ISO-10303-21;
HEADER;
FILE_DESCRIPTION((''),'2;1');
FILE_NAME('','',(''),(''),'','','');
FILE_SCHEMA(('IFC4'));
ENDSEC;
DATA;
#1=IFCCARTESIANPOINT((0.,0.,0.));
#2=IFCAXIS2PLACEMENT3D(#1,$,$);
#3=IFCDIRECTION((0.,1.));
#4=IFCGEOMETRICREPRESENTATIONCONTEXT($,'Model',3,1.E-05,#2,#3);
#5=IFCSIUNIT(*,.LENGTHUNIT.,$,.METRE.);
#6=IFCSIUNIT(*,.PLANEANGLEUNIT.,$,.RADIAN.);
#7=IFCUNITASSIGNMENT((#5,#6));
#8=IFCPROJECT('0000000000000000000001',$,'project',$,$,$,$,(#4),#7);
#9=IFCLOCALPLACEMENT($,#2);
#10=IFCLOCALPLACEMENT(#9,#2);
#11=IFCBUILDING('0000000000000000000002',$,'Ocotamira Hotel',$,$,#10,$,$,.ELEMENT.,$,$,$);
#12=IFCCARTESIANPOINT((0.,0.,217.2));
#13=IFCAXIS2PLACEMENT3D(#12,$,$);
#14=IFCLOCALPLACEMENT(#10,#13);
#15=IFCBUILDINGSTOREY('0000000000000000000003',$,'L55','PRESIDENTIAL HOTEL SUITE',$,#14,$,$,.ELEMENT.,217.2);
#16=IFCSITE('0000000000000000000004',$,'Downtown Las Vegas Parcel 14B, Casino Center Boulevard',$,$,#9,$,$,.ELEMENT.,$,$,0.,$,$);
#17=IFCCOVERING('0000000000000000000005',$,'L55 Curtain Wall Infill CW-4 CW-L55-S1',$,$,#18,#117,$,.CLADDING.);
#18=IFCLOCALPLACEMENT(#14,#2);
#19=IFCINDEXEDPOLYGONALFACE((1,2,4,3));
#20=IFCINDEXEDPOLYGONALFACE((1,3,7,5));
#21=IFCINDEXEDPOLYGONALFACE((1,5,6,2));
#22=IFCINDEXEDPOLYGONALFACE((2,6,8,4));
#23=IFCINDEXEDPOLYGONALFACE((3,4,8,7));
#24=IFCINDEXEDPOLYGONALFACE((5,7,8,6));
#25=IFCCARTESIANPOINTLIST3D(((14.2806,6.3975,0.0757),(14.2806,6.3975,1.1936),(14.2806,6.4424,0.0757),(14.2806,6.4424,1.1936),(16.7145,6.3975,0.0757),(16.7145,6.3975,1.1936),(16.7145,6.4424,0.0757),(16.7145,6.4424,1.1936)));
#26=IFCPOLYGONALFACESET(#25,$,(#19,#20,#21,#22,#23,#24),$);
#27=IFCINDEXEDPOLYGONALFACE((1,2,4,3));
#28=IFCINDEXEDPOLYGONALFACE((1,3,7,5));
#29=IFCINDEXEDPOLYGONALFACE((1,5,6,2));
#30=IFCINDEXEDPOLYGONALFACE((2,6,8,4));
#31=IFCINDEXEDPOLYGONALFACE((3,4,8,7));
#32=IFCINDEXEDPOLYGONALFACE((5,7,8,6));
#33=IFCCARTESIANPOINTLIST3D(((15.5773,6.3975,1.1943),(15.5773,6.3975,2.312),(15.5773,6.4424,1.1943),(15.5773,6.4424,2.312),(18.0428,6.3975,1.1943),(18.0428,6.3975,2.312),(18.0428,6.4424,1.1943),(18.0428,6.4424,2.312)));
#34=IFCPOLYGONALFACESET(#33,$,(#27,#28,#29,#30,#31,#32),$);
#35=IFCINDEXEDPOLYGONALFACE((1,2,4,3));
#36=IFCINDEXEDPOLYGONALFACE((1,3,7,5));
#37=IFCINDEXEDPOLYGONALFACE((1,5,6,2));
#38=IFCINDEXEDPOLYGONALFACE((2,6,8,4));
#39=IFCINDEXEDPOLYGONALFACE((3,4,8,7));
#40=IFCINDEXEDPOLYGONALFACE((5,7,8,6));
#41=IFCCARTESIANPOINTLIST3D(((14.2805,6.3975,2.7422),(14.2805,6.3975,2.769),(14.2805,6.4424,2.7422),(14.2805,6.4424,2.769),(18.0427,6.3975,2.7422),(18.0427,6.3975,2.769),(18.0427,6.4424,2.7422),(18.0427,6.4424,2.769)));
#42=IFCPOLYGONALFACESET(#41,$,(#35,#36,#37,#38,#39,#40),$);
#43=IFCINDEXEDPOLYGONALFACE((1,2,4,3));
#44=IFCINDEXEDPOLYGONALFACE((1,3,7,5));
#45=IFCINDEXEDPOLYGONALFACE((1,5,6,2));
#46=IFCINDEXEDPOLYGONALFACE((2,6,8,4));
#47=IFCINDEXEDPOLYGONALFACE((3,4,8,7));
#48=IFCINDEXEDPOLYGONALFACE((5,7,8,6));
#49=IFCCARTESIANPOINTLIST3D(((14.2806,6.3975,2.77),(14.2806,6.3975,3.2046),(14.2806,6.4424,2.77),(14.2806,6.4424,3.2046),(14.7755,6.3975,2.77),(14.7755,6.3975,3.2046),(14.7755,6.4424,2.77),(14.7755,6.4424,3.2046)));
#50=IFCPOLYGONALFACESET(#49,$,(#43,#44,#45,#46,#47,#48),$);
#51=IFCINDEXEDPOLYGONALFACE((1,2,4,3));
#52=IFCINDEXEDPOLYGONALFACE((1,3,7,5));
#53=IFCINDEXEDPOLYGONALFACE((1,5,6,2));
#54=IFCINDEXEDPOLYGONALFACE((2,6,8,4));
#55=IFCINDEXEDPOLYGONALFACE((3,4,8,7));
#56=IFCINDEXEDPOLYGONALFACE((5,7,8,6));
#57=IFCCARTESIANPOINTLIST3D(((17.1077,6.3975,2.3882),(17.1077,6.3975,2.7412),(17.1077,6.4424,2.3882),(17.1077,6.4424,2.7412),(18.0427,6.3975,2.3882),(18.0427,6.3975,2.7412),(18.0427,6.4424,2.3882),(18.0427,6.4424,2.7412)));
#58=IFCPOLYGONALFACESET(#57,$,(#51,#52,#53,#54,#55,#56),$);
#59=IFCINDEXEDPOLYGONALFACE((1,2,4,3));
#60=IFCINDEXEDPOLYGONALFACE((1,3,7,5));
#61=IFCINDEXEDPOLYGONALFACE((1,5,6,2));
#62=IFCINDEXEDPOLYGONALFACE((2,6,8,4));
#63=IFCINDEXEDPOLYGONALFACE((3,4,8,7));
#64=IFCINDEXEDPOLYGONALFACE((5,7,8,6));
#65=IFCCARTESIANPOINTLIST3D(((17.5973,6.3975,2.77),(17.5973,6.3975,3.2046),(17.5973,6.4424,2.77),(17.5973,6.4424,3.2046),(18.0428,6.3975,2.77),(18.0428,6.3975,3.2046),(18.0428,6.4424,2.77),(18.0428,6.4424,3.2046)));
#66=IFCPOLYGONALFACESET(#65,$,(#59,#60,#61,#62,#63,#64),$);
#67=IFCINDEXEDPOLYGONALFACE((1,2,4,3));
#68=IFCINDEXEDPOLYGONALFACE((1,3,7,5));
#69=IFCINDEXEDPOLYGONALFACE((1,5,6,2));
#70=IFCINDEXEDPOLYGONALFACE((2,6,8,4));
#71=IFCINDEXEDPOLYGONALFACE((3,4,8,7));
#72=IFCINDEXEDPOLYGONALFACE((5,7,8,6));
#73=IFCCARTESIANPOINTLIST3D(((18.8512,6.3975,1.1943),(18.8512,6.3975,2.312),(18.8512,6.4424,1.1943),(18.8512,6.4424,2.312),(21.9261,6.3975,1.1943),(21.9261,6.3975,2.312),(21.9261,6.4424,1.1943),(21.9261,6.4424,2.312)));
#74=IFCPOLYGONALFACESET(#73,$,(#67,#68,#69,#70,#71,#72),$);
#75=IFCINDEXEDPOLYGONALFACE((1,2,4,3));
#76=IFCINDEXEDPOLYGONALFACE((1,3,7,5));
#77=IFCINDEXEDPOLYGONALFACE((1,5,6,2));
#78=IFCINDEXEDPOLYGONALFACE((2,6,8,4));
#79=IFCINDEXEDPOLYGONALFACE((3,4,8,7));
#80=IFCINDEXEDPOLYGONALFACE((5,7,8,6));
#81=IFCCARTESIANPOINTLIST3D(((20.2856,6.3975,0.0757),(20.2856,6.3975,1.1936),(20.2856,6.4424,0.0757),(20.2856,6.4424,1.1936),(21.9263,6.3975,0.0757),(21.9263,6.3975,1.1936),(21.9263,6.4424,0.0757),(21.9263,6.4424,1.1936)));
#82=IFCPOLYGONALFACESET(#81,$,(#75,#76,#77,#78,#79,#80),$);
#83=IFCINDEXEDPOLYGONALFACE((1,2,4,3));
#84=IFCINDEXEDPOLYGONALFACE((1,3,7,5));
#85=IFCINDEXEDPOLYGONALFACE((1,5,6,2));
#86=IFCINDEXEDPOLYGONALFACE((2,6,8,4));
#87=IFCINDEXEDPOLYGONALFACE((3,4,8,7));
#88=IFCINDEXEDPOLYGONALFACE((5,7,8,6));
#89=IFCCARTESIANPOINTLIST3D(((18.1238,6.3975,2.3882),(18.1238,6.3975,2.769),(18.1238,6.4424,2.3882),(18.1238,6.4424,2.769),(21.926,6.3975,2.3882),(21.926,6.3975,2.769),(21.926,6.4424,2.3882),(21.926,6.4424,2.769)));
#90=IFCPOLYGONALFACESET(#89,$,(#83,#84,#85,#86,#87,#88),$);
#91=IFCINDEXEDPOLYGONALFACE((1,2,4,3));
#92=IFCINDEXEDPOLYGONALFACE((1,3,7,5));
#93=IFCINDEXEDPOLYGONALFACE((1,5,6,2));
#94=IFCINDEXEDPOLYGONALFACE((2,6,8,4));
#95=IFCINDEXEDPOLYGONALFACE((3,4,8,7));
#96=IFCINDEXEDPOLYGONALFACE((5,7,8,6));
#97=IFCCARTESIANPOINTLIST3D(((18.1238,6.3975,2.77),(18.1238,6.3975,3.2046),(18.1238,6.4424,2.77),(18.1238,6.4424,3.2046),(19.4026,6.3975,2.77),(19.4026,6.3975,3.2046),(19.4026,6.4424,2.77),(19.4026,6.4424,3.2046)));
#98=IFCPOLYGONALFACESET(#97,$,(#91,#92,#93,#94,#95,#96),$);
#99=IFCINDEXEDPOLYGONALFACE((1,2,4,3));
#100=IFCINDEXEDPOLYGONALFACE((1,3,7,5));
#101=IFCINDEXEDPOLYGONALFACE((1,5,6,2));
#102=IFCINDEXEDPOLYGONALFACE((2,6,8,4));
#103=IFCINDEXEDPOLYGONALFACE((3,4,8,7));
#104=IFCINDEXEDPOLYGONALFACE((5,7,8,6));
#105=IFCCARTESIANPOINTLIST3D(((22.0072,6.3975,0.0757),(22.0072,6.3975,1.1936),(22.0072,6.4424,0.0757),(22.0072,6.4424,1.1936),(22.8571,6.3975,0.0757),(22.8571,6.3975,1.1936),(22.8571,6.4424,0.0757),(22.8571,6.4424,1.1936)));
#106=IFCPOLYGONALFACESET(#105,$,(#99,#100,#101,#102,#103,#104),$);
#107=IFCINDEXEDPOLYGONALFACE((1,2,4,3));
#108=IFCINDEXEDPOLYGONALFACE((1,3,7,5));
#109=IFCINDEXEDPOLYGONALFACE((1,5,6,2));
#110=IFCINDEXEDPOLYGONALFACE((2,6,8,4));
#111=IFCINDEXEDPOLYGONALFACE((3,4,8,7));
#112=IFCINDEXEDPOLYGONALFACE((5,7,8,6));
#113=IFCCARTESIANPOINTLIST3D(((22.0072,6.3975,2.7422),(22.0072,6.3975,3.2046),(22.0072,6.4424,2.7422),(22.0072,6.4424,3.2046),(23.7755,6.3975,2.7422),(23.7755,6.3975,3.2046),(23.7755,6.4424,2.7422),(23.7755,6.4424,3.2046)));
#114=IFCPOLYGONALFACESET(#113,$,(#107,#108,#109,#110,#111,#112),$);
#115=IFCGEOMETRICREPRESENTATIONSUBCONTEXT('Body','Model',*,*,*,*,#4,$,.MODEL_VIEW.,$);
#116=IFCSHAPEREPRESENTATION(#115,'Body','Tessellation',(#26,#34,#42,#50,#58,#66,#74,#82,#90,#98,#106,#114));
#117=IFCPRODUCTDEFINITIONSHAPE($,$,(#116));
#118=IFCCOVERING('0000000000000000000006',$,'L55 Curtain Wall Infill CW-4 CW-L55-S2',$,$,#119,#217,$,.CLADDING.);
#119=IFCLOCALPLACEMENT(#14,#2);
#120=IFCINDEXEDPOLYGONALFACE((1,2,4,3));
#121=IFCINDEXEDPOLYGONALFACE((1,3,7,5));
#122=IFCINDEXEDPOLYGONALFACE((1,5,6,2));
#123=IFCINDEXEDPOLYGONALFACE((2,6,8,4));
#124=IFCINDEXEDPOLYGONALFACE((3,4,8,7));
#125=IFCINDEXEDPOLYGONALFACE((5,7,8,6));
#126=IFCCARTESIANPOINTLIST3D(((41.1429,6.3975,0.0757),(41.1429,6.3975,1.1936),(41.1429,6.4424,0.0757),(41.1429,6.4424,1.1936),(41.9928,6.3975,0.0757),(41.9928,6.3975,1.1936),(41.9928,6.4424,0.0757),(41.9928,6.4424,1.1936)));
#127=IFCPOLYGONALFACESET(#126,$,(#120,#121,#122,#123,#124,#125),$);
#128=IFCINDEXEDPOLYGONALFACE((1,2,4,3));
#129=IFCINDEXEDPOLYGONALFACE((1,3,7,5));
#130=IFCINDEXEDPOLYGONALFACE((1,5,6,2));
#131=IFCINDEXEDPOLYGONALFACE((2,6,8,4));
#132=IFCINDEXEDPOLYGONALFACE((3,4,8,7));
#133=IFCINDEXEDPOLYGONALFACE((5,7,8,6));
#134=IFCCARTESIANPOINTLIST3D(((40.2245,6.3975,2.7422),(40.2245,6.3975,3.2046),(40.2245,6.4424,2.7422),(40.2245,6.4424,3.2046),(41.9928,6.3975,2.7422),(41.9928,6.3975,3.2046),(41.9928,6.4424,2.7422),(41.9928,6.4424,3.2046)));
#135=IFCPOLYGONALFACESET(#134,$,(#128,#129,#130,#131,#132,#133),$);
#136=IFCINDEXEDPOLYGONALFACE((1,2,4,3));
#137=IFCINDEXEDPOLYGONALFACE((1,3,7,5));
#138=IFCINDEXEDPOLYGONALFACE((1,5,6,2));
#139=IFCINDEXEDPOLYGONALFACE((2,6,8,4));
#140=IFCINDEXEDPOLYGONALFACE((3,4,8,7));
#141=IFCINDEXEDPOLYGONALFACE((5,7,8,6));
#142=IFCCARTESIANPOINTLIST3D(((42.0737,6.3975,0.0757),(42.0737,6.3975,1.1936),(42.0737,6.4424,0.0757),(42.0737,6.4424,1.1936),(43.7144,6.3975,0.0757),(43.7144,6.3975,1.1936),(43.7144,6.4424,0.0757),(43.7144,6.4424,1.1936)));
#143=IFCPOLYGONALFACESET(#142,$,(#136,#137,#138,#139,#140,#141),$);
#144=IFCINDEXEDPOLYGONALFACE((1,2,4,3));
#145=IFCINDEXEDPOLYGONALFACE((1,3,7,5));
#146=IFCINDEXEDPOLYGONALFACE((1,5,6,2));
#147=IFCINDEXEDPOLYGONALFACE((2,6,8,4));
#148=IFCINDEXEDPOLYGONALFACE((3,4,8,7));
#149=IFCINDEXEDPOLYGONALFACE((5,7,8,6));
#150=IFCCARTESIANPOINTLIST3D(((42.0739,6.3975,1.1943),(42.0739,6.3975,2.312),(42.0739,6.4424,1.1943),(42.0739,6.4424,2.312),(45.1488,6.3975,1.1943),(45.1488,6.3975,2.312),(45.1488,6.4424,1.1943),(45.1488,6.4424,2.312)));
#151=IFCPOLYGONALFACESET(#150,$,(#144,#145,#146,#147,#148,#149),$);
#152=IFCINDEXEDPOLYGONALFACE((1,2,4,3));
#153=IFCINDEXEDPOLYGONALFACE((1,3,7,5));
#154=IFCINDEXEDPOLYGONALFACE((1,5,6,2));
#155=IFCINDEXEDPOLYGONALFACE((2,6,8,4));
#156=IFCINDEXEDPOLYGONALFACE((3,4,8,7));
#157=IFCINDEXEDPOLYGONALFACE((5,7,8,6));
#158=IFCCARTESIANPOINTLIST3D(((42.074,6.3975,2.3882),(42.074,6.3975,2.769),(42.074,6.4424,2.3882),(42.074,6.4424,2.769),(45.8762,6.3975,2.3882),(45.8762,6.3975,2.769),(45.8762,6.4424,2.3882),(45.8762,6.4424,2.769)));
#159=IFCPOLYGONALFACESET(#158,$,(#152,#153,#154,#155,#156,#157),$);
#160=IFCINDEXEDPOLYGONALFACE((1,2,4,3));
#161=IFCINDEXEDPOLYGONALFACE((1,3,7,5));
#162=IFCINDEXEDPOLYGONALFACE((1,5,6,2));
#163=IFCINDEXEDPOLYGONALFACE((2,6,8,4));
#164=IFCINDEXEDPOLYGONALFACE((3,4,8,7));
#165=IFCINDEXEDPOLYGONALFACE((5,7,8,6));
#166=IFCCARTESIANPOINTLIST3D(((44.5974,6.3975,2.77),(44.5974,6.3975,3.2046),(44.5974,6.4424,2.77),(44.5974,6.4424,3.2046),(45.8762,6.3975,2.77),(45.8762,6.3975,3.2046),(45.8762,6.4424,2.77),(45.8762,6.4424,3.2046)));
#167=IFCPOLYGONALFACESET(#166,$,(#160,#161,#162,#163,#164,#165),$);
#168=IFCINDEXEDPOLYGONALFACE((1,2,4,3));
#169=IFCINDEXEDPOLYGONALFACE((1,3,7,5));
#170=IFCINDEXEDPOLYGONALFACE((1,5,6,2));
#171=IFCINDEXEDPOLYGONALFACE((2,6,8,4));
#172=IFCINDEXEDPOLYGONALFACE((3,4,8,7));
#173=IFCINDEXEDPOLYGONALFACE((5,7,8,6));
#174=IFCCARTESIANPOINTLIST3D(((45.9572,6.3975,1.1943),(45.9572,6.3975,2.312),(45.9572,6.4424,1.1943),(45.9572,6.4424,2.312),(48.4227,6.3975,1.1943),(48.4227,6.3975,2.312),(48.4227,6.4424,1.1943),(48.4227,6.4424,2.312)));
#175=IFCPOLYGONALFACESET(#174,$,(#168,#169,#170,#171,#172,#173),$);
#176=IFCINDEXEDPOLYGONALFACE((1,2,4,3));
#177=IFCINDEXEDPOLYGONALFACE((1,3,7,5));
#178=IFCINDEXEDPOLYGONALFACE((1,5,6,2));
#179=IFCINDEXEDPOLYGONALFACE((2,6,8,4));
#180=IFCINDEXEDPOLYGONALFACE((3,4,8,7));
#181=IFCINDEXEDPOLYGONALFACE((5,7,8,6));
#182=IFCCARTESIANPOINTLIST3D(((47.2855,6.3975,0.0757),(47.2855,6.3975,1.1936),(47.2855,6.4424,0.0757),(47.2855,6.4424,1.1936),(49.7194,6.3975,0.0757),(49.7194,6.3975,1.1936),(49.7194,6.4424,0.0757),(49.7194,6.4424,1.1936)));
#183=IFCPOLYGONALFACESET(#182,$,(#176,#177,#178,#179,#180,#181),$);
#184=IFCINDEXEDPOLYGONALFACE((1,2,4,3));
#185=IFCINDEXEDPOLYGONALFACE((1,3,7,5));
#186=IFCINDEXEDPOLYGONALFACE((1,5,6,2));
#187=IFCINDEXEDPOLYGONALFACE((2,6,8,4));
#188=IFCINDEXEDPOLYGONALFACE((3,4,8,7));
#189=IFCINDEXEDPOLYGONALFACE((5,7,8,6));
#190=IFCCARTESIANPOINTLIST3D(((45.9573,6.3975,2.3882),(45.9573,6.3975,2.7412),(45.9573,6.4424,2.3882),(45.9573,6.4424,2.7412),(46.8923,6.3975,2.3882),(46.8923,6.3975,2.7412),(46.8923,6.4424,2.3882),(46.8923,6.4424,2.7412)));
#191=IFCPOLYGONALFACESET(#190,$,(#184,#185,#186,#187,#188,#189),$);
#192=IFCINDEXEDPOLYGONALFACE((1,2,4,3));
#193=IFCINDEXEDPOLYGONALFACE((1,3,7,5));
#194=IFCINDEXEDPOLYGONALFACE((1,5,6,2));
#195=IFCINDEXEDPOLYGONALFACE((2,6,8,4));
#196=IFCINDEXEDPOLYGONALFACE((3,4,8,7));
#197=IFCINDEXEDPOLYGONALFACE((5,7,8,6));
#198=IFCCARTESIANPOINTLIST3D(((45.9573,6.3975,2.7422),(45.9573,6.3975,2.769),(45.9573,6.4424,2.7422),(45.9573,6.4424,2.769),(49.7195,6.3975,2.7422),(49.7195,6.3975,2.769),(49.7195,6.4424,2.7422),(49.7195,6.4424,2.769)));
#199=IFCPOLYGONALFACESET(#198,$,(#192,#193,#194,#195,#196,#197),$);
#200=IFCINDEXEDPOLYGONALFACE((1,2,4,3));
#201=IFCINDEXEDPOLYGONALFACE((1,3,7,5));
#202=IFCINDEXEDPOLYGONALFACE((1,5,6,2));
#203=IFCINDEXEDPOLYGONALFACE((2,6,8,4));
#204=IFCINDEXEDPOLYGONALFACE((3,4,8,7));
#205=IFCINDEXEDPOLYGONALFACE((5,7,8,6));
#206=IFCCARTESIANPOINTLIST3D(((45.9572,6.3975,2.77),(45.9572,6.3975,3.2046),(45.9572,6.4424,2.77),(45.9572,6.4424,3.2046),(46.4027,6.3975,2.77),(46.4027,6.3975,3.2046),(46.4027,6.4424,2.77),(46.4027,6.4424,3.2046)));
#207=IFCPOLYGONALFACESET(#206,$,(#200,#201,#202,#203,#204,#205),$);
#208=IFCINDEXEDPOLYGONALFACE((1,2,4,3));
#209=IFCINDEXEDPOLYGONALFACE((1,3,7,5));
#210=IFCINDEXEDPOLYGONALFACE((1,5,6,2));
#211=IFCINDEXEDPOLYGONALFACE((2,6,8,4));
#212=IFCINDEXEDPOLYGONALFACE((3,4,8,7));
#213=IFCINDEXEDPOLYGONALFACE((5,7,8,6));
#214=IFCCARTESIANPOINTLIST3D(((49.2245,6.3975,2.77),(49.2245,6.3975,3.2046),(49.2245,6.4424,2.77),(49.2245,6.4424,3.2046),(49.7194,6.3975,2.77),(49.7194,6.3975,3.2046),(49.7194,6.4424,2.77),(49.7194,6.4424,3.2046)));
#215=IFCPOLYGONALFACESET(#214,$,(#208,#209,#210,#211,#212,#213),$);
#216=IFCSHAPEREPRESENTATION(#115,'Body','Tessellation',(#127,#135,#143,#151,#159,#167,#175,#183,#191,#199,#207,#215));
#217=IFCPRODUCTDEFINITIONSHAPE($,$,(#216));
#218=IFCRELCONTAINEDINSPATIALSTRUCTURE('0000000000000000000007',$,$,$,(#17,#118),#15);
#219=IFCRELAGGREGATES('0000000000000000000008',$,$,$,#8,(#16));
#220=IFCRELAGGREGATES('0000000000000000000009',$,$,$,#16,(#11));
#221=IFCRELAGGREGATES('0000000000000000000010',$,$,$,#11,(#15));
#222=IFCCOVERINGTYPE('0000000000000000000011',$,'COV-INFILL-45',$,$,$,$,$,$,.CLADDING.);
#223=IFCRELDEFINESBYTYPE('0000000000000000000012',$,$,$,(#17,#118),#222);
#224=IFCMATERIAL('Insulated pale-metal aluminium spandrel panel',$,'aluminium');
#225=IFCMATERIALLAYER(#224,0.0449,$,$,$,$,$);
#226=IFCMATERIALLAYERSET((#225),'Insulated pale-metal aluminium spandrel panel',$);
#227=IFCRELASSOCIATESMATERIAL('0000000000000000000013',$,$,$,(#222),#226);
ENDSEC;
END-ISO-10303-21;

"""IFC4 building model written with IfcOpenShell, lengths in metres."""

from ifc_helpers import new_model, si_unit, direction, frame, origin, origin_2d, place, context, subcontext, project, spatial, rectangle, extrude, material, layer, layer_set, type_object, element, save


model = new_model("IFC4")

# Units and contexts
model_context = context("Model", 3, precision=1e-05, world=origin(), true_north=direction((0.0, 1.0)))
body_context = subcontext(model_context, "Body", "Model", "MODEL_VIEW")
ifc_project = project(units=[si_unit("LENGTHUNIT", "METRE"), si_unit("PLANEANGLEUNIT", "RADIAN")], contexts=[model_context])

# Site, building, storey
site_placement = place(None, origin())
site = spatial("IfcSite", under=ifc_project, at=site_placement, Name="Downtown Las Vegas Parcel 14B, Casino Center Boulevard", CompositionType="ELEMENT", RefElevation=0.0)
building_placement = place(site_placement, origin())
building = spatial("IfcBuilding", under=site, at=building_placement, Name="Ocotamira Hotel", CompositionType="ELEMENT")
storey_placement = place(building_placement, frame((0.0, 0.0, 217.2)))
storey = spatial("IfcBuildingStorey", under=building, at=storey_placement, Name="L55", Description="PRESIDENTIAL HOTEL SUITE", CompositionType="ELEMENT", Elevation=217.2)

# Coverings
ifc_material_1 = material(Name="Insulated pale-metal aluminium spandrel panel", Category="aluminium")
ifc_layer_1 = layer(ifc_material_1, 0.0449)
ifc_layer_set_1 = layer_set([ifc_layer_1], Name="Insulated pale-metal aluminium spandrel panel")
covering_type_1 = type_object("IfcCoveringType", Name="COV-INFILL-45", PredefinedType="CLADDING", material=ifc_layer_set_1)
covering_1_placement = place(storey_placement, origin())
element("IfcCovering", 1, at=covering_1_placement, inside=storey, type_object=covering_type_1, Name="L55 Curtain Wall Infill CW-4 CW-L55-S1", PredefinedType="CLADDING", context=body_context, shape_type="SweptSolid", body=[
    extrude(rectangle(XDim=2.4338, YDim=0.0449, at=origin_2d()), frame((15.4976, 6.4199, 0.0757), z_axis=(0.0, 0.0, 1.0), x_axis=(1.0, 0.0, 0.0)), (0.0, 0.0, 1.0), 1.1179),
    extrude(rectangle(XDim=2.4656, YDim=0.0449, at=origin_2d()), frame((16.8101, 6.4199, 1.1943), z_axis=(0.0, 0.0, 1.0), x_axis=(1.0, 0.0, 0.0)), (0.0, 0.0, 1.0), 1.1177),
    extrude(rectangle(XDim=3.7622, YDim=0.0449, at=origin_2d()), frame((16.1616, 6.4199, 2.7422), z_axis=(0.0, 0.0, 1.0), x_axis=(1.0, 0.0, 0.0)), (0.0, 0.0, 1.0), 0.0269),
    extrude(rectangle(XDim=0.4949, YDim=0.0449, at=origin_2d()), frame((14.5281, 6.4199, 2.77), z_axis=(0.0, 0.0, 1.0), x_axis=(1.0, 0.0, 0.0)), (0.0, 0.0, 1.0), 0.4346),
    extrude(rectangle(XDim=0.9351, YDim=0.0449, at=origin_2d()), frame((17.5752, 6.4199, 2.3882), z_axis=(0.0, 0.0, 1.0), x_axis=(1.0, 0.0, 0.0)), (0.0, 0.0, 1.0), 0.353),
    extrude(rectangle(XDim=0.4456, YDim=0.0449, at=origin_2d()), frame((17.8201, 6.4199, 2.77), z_axis=(0.0, 0.0, 1.0), x_axis=(1.0, 0.0, 0.0)), (0.0, 0.0, 1.0), 0.4346),
    extrude(rectangle(XDim=3.075, YDim=0.0449, at=origin_2d()), frame((20.3887, 6.4199, 1.1943), z_axis=(0.0, 0.0, 1.0), x_axis=(1.0, 0.0, 0.0)), (0.0, 0.0, 1.0), 1.1177),
    extrude(rectangle(XDim=1.6406, YDim=0.0449, at=origin_2d()), frame((21.106, 6.4199, 0.0757), z_axis=(0.0, 0.0, 1.0), x_axis=(1.0, 0.0, 0.0)), (0.0, 0.0, 1.0), 1.1179),
    extrude(rectangle(XDim=3.8022, YDim=0.0449, at=origin_2d()), frame((20.0249, 6.4199, 2.3882), z_axis=(0.0, 0.0, 1.0), x_axis=(1.0, 0.0, 0.0)), (0.0, 0.0, 1.0), 0.3809),
    extrude(rectangle(XDim=1.2788, YDim=0.0449, at=origin_2d()), frame((18.7632, 6.4199, 2.77), z_axis=(0.0, 0.0, 1.0), x_axis=(1.0, 0.0, 0.0)), (0.0, 0.0, 1.0), 0.4346),
    extrude(rectangle(XDim=0.8499, YDim=0.0449, at=origin_2d()), frame((22.4321, 6.4199, 0.0757), z_axis=(0.0, 0.0, 1.0), x_axis=(1.0, 0.0, 0.0)), (0.0, 0.0, 1.0), 1.1179),
    extrude(rectangle(XDim=1.7683, YDim=0.0449, at=origin_2d()), frame((22.8914, 6.4199, 2.7422), z_axis=(0.0, 0.0, 1.0), x_axis=(1.0, 0.0, 0.0)), (0.0, 0.0, 1.0), 0.4624),
])
covering_2_placement = place(storey_placement, origin())
element("IfcCovering", 2, at=covering_2_placement, inside=storey, type_object=covering_type_1, Name="L55 Curtain Wall Infill CW-4 CW-L55-S2", PredefinedType="CLADDING", context=body_context, shape_type="SweptSolid", body=[
    extrude(rectangle(XDim=0.8499, YDim=0.0449, at=origin_2d()), frame((41.5679, 6.4199, 0.0757), z_axis=(0.0, 0.0, 1.0), x_axis=(1.0, 0.0, 0.0)), (0.0, 0.0, 1.0), 1.1179),
    extrude(rectangle(XDim=1.7683, YDim=0.0449, at=origin_2d()), frame((41.1086, 6.4199, 2.7422), z_axis=(0.0, 0.0, 1.0), x_axis=(1.0, 0.0, 0.0)), (0.0, 0.0, 1.0), 0.4624),
    extrude(rectangle(XDim=1.6406, YDim=0.0449, at=origin_2d()), frame((42.894, 6.4199, 0.0757), z_axis=(0.0, 0.0, 1.0), x_axis=(1.0, 0.0, 0.0)), (0.0, 0.0, 1.0), 1.1179),
    extrude(rectangle(XDim=3.075, YDim=0.0449, at=origin_2d()), frame((43.6113, 6.4199, 1.1943), z_axis=(0.0, 0.0, 1.0), x_axis=(1.0, 0.0, 0.0)), (0.0, 0.0, 1.0), 1.1177),
    extrude(rectangle(XDim=3.8022, YDim=0.0449, at=origin_2d()), frame((43.9751, 6.4199, 2.3882), z_axis=(0.0, 0.0, 1.0), x_axis=(1.0, 0.0, 0.0)), (0.0, 0.0, 1.0), 0.3809),
    extrude(rectangle(XDim=1.2788, YDim=0.0449, at=origin_2d()), frame((45.2368, 6.4199, 2.77), z_axis=(0.0, 0.0, 1.0), x_axis=(1.0, 0.0, 0.0)), (0.0, 0.0, 1.0), 0.4346),
    extrude(rectangle(XDim=2.4656, YDim=0.0449, at=origin_2d()), frame((47.1899, 6.4199, 1.1943), z_axis=(0.0, 0.0, 1.0), x_axis=(1.0, 0.0, 0.0)), (0.0, 0.0, 1.0), 1.1177),
    extrude(rectangle(XDim=2.4338, YDim=0.0449, at=origin_2d()), frame((48.5024, 6.4199, 0.0757), z_axis=(0.0, 0.0, 1.0), x_axis=(1.0, 0.0, 0.0)), (0.0, 0.0, 1.0), 1.1179),
    extrude(rectangle(XDim=0.9351, YDim=0.0449, at=origin_2d()), frame((46.4248, 6.4199, 2.3882), z_axis=(0.0, 0.0, 1.0), x_axis=(1.0, 0.0, 0.0)), (0.0, 0.0, 1.0), 0.353),
    extrude(rectangle(XDim=3.7622, YDim=0.0449, at=origin_2d()), frame((47.8384, 6.4199, 2.7422), z_axis=(0.0, 0.0, 1.0), x_axis=(1.0, 0.0, 0.0)), (0.0, 0.0, 1.0), 0.0269),
    extrude(rectangle(XDim=0.4456, YDim=0.0449, at=origin_2d()), frame((46.1799, 6.4199, 2.77), z_axis=(0.0, 0.0, 1.0), x_axis=(1.0, 0.0, 0.0)), (0.0, 0.0, 1.0), 0.4346),
    extrude(rectangle(XDim=0.4949, YDim=0.0449, at=origin_2d()), frame((49.4719, 6.4199, 2.77), z_axis=(0.0, 0.0, 1.0), x_axis=(1.0, 0.0, 0.0)), (0.0, 0.0, 1.0), 0.4346),
])

save(model, "model.ifc")
